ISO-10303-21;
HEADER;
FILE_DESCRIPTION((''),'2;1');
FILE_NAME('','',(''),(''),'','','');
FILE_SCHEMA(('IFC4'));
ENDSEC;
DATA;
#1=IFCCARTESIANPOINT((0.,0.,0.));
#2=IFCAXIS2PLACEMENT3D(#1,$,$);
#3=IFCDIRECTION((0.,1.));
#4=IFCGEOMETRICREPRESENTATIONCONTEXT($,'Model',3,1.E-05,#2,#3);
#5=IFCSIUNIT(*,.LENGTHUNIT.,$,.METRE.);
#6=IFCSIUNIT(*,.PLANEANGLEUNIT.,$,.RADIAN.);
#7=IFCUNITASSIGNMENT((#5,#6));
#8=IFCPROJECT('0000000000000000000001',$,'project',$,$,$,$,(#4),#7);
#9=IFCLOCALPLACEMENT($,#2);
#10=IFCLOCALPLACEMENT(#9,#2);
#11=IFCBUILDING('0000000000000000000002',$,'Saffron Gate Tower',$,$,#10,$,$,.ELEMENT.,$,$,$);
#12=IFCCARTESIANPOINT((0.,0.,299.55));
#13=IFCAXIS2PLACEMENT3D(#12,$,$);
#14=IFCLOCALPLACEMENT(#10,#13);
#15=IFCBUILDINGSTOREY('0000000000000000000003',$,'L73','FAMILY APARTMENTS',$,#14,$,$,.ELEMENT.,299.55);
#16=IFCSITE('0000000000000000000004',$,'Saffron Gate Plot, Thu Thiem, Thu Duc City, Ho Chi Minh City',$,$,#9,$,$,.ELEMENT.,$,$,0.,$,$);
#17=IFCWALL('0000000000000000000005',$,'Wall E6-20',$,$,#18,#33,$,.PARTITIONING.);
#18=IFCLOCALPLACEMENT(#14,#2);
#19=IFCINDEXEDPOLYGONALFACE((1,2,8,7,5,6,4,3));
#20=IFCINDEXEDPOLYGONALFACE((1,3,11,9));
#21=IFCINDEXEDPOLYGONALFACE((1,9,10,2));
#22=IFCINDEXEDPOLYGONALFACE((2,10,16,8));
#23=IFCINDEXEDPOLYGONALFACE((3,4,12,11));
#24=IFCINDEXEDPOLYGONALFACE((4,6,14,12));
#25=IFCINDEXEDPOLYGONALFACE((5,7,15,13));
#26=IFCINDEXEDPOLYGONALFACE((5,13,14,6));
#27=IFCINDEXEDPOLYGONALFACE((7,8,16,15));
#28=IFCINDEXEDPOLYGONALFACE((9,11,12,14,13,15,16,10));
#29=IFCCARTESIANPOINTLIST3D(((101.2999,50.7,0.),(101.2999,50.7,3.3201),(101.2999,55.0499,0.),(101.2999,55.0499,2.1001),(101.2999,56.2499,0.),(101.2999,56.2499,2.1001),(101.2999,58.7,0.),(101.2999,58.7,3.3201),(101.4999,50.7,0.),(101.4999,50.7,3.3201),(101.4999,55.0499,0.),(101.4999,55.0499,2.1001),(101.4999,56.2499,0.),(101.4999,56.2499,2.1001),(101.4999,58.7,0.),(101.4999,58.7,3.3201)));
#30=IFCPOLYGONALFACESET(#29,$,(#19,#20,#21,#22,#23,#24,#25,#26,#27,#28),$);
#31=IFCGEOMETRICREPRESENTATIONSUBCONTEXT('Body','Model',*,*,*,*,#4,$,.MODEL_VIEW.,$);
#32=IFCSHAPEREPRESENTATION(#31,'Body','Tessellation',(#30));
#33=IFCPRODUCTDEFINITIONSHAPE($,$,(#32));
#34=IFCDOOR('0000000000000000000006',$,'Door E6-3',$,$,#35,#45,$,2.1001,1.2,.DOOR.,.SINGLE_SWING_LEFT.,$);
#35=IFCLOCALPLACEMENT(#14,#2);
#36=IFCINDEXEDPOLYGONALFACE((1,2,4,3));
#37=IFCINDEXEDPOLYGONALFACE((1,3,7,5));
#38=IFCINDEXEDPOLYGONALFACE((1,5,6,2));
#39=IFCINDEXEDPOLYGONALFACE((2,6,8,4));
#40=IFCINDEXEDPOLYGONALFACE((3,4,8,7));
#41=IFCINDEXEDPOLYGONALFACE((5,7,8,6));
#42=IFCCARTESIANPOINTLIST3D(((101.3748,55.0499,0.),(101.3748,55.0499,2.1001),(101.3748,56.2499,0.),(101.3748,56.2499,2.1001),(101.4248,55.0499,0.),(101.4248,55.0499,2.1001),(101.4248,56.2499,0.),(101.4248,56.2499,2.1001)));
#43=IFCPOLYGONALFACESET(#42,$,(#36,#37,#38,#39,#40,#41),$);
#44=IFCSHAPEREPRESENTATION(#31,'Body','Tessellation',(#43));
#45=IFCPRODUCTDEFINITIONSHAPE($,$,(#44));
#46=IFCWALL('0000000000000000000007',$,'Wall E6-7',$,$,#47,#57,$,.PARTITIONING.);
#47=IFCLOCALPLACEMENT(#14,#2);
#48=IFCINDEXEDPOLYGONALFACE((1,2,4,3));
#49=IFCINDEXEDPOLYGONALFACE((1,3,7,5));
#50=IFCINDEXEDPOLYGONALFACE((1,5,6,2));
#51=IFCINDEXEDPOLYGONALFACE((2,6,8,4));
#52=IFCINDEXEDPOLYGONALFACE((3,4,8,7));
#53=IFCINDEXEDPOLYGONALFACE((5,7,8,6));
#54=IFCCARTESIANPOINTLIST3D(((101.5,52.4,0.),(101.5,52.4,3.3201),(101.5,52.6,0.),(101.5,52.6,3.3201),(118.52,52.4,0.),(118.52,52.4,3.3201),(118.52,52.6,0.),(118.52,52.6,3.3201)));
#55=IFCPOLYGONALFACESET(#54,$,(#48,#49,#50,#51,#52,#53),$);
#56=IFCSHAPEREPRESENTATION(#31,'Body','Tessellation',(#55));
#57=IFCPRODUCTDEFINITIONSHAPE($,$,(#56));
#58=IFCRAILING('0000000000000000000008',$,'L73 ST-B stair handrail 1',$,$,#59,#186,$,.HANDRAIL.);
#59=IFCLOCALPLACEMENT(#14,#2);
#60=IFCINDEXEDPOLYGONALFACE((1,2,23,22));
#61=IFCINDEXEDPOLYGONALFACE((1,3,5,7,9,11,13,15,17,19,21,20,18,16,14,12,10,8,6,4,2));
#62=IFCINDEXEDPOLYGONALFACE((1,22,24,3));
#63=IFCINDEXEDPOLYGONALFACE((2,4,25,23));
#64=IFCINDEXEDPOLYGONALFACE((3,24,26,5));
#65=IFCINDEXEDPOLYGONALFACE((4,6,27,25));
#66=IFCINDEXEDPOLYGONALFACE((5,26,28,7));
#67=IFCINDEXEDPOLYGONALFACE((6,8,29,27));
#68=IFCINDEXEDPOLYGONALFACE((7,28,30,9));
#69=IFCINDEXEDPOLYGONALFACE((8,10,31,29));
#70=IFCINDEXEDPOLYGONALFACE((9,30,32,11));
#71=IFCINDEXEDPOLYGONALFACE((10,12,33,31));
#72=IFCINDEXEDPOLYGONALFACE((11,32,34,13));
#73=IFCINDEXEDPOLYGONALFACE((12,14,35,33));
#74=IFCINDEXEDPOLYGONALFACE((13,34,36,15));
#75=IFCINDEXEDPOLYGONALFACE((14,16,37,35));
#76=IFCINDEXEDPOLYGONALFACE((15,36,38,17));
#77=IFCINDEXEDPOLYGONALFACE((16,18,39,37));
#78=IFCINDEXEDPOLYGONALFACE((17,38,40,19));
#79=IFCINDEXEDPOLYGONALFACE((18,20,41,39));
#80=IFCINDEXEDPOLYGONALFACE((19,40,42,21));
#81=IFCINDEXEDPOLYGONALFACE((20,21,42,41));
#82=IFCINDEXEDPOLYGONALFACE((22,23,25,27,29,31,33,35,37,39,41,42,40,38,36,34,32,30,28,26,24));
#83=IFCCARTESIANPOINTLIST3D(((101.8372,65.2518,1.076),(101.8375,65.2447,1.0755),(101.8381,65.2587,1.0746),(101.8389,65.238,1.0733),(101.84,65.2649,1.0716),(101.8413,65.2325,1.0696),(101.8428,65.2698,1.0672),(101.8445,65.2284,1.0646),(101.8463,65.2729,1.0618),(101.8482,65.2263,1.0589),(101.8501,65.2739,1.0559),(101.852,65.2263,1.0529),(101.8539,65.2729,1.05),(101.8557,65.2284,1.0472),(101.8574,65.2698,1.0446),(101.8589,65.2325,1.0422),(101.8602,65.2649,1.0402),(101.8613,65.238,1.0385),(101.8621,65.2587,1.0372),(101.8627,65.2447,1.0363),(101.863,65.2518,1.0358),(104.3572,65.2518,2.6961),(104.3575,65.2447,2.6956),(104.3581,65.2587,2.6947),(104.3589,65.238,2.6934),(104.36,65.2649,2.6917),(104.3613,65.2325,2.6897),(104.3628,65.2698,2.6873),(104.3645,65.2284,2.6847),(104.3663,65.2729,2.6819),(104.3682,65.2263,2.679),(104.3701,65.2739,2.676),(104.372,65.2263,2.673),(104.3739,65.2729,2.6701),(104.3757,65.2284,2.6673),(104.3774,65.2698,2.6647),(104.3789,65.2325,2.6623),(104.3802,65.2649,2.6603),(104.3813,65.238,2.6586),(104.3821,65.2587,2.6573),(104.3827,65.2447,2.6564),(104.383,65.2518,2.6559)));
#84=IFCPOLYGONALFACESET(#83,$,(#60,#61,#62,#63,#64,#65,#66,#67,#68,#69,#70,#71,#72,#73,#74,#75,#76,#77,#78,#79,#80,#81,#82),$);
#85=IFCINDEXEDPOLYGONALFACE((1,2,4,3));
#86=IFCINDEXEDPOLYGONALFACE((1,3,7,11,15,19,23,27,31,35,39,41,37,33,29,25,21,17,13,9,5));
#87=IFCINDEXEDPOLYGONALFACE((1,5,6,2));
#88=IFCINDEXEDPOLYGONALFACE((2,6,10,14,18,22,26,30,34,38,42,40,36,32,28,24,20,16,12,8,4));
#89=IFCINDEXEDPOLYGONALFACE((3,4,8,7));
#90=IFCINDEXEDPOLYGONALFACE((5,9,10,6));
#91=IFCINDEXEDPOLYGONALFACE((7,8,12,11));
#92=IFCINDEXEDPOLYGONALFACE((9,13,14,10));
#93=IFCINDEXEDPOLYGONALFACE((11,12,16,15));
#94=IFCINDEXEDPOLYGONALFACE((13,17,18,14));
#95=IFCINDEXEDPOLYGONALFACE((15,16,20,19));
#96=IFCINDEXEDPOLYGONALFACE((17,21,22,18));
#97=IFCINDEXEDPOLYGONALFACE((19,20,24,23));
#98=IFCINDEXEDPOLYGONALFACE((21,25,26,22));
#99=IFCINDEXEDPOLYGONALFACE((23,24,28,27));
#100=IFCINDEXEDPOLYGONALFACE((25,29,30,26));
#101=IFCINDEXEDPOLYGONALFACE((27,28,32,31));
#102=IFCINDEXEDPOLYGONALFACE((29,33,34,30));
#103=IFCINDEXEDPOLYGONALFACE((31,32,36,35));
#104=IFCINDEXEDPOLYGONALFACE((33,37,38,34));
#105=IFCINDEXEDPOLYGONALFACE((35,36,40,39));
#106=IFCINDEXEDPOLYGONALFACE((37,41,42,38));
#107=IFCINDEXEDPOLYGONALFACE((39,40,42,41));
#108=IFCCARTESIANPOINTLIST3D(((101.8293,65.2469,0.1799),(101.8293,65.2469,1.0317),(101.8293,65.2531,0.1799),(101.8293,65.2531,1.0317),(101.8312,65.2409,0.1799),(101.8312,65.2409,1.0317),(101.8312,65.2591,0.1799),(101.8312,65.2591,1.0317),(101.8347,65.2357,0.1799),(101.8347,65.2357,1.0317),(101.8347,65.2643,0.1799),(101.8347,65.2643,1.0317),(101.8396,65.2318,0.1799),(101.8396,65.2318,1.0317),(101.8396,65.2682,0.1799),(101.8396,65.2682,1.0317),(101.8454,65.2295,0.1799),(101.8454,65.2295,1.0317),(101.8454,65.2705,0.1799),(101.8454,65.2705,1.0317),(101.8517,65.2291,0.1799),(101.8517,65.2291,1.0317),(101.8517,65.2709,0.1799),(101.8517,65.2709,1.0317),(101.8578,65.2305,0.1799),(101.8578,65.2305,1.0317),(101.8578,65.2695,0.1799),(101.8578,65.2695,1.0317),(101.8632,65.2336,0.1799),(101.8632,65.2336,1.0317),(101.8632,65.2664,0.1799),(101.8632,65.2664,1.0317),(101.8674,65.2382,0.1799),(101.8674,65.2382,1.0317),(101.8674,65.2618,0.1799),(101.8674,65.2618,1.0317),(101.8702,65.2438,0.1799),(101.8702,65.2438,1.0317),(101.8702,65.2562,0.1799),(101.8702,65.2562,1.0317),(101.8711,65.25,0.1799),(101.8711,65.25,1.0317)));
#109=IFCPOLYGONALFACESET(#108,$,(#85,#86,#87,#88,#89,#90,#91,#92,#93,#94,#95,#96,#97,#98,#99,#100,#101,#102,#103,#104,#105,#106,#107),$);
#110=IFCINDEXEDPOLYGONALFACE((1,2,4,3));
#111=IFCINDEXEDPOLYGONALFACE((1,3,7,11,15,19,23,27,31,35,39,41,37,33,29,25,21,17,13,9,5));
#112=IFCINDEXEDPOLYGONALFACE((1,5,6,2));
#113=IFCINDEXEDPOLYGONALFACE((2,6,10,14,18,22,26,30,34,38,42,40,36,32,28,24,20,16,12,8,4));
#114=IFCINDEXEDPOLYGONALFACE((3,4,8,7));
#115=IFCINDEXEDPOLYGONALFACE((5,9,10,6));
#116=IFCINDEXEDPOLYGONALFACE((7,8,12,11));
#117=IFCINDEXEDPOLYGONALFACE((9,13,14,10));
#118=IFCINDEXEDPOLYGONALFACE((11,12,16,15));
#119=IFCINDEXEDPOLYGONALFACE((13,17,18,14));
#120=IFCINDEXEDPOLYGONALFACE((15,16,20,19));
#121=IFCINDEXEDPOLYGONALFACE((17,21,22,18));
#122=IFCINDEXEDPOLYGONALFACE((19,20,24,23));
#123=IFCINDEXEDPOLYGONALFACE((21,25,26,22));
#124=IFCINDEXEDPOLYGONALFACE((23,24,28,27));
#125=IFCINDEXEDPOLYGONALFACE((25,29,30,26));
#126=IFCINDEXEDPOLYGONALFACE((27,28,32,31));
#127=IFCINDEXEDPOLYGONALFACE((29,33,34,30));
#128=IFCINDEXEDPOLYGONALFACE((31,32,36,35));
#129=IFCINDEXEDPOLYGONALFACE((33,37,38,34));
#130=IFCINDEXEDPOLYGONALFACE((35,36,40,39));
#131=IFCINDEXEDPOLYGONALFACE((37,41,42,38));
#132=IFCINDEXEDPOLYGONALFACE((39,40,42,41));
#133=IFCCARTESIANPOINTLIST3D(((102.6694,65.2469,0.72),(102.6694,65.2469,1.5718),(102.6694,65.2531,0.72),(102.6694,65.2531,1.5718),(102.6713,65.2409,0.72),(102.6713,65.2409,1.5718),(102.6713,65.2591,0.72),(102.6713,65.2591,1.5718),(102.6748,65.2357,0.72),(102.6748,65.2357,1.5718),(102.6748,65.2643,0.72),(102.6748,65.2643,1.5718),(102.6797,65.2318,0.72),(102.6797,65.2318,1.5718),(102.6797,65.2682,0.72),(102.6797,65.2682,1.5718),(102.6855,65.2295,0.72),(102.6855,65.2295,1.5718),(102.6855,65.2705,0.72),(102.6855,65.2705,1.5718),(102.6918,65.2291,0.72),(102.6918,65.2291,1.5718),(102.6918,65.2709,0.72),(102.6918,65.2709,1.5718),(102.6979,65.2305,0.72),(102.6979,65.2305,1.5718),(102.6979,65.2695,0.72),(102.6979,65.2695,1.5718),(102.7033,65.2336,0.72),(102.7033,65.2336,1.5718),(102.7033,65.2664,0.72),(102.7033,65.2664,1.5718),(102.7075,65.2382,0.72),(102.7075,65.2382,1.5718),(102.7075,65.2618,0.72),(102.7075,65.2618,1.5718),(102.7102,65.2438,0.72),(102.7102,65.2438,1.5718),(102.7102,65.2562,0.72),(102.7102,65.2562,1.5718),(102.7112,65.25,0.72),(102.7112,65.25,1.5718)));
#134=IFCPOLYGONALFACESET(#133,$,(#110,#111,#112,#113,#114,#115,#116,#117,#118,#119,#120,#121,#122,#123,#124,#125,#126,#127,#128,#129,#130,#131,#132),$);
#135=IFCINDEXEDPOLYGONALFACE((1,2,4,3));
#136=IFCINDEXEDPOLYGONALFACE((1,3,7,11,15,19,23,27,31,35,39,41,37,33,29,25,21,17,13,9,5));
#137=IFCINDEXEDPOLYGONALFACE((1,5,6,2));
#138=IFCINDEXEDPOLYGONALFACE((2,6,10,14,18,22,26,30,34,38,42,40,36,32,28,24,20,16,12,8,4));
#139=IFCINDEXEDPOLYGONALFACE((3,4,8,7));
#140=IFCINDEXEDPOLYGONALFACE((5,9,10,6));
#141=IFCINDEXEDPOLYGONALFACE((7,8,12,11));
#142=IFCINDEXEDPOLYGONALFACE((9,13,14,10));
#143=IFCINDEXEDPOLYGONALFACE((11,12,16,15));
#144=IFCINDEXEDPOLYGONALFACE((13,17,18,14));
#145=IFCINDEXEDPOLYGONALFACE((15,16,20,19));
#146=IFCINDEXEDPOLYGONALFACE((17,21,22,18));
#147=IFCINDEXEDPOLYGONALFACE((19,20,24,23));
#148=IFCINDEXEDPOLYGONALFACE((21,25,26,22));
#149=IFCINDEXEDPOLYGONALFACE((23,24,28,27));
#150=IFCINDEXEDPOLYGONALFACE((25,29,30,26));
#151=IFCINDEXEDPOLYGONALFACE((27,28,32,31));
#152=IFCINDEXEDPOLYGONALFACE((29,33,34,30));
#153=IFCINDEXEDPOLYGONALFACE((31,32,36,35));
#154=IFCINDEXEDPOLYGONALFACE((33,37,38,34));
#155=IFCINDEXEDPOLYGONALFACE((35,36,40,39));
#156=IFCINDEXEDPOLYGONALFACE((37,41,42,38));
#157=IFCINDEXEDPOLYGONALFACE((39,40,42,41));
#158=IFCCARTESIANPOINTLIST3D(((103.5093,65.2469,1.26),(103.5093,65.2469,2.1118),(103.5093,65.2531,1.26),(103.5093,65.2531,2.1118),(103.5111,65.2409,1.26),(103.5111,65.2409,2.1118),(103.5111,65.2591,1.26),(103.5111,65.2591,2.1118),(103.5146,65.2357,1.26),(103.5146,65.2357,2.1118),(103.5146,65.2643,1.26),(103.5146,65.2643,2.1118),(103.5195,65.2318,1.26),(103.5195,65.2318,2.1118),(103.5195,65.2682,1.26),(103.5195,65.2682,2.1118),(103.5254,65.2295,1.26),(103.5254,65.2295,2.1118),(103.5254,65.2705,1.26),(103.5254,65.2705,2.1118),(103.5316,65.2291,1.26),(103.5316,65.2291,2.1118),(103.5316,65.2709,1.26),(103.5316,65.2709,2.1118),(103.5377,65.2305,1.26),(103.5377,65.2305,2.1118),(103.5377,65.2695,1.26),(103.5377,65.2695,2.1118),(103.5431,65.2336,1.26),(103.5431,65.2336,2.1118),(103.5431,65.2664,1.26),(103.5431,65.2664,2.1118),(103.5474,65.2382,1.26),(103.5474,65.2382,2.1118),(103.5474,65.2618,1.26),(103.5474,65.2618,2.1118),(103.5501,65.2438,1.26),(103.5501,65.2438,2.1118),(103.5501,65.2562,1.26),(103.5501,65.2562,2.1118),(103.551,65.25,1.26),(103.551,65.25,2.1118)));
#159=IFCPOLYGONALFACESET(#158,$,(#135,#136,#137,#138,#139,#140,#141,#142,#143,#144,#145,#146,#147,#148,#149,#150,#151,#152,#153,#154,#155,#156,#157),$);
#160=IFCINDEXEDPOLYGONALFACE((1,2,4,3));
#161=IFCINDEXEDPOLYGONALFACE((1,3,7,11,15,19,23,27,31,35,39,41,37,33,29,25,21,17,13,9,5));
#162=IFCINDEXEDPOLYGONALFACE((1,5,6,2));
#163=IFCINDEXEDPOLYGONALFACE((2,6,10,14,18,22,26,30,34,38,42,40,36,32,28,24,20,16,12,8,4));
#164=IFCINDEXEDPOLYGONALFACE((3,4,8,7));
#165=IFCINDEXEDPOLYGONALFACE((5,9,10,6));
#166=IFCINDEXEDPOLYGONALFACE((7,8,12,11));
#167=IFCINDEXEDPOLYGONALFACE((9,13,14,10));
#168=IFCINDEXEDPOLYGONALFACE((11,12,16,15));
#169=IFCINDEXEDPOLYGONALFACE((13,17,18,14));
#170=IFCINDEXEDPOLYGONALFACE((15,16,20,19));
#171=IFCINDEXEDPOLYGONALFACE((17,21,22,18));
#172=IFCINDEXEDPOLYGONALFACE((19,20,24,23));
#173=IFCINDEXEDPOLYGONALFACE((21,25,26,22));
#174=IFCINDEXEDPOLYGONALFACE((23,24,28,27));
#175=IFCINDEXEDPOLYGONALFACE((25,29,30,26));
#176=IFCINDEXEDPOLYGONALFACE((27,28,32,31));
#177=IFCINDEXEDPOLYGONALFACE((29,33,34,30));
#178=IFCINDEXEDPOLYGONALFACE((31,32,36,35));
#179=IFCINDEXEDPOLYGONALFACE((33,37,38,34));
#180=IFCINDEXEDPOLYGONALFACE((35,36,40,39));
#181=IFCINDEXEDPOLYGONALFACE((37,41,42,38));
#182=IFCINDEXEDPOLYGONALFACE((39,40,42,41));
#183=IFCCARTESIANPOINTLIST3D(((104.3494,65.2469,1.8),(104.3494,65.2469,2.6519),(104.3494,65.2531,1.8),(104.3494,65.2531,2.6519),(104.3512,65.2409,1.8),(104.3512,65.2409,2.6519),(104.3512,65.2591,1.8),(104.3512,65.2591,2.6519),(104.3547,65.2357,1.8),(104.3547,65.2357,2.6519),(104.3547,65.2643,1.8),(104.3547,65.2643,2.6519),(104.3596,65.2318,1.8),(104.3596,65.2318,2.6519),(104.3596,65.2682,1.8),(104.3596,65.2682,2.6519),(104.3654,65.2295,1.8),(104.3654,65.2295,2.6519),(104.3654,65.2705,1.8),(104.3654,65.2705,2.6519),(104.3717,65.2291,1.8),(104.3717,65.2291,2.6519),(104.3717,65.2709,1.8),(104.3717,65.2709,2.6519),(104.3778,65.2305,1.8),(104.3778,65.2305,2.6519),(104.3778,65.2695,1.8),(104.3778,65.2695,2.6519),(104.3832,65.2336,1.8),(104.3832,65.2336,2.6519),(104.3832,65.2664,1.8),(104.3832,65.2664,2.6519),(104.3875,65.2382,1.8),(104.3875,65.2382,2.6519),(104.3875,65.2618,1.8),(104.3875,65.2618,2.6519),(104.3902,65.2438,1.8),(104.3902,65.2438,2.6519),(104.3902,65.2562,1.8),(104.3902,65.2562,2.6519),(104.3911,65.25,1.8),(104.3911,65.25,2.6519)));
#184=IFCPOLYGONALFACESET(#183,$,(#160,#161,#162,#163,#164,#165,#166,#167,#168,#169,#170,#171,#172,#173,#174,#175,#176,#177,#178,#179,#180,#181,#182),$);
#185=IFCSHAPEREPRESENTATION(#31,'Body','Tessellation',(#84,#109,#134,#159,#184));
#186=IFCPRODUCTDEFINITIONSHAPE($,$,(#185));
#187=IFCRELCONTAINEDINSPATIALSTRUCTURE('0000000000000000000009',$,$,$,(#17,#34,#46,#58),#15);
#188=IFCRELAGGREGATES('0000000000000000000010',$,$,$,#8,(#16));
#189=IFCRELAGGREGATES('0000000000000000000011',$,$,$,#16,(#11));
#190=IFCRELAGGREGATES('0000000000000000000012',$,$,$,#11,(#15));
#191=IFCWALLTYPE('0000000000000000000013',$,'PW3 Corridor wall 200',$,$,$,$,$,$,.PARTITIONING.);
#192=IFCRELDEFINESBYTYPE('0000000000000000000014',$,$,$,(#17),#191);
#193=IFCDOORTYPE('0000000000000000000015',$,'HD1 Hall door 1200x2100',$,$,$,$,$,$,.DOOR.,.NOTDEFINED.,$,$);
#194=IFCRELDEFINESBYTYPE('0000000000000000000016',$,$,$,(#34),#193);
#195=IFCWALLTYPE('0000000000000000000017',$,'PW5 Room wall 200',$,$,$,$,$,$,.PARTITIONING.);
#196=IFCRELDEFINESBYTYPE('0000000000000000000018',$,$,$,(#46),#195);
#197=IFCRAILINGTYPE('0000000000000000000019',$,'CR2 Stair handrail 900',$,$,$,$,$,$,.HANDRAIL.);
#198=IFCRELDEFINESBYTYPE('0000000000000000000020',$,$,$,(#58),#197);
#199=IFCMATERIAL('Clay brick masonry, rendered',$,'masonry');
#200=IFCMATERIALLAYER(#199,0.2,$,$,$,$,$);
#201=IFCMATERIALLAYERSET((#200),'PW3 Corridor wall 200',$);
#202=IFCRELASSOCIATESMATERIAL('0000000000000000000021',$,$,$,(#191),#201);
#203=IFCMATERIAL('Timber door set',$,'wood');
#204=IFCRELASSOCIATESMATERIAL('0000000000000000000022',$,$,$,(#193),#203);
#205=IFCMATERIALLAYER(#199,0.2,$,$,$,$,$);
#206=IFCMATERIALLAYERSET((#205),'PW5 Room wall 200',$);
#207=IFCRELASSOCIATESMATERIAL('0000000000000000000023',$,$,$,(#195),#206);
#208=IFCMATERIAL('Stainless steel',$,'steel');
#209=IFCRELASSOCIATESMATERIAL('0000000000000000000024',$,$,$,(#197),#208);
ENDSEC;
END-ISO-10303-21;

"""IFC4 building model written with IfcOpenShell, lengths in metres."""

from ifc_helpers import new_model, si_unit, direction, frame, frame_2d, origin, origin_2d, place, context, subcontext, project, spatial, rectangle, circle, extrude, material, layer, layer_set, type_object, element, fill, save


model = new_model("IFC4")

# Units and contexts
model_context = context("Model", 3, precision=1e-05, world=origin(), true_north=direction((0.0, 1.0)))
body_context = subcontext(model_context, "Body", "Model", "MODEL_VIEW")
ifc_project = project(units=[si_unit("LENGTHUNIT", "METRE"), si_unit("PLANEANGLEUNIT", "RADIAN")], contexts=[model_context])

# Site, building, storey
site_placement = place(None, origin())
site = spatial("IfcSite", under=ifc_project, at=site_placement, Name="Saffron Gate Plot, Thu Thiem, Thu Duc City, Ho Chi Minh City", CompositionType="ELEMENT", RefElevation=0.0)
building_placement = place(site_placement, origin())
building = spatial("IfcBuilding", under=site, at=building_placement, Name="Saffron Gate Tower", CompositionType="ELEMENT")
storey_placement = place(building_placement, frame((0.0, 0.0, 299.55)))
storey = spatial("IfcBuildingStorey", under=building, at=storey_placement, Name="L73", Description="FAMILY APARTMENTS", CompositionType="ELEMENT", Elevation=299.55)

# Shared definitions
ifc_material_1 = material(Name="Clay brick masonry, rendered", Category="masonry")
ifc_layer_1 = layer(ifc_material_1, 0.2)
ifc_layer_set_1 = layer_set([ifc_layer_1], Name="PW3 Corridor wall 200")
wall_type_1 = type_object("IfcWallType", Name="PW3 Corridor wall 200", PredefinedType="PARTITIONING", material=ifc_layer_set_1)

# Wall, opening, door
wall_1_placement = place(storey_placement, frame((101.3999, 58.7, 0.0), z_axis=(0.0, 0.0, 1.0), x_axis=(0.0, -1.0, 0.0)))
wall_1 = element("IfcWall", 1, at=wall_1_placement, inside=storey, type_object=wall_type_1, Name="Wall E6-20", PredefinedType="PARTITIONING", context=body_context, shape_type="SweptSolid", body=[
    extrude(rectangle(XDim=8.0, YDim=0.2, at=frame_2d((4.0, 0.0))), origin(), (0.0, 0.0, 1.0), 3.3201),
])
opening_1_placement = place(wall_1_placement, frame((2.45, 0.0, 0.0)))
opening_1 = element("IfcOpeningElement", 2, at=opening_1_placement, cuts=wall_1, PredefinedType="OPENING", context=body_context, shape_type="SweptSolid", body=[
    extrude(rectangle(XDim=1.2, YDim=2.1001, at=frame_2d((0.6001, 1.05))), frame((0.0, 0.1099, 0.0), z_axis=(0.0, -1.0, 0.0), x_axis=(1.0, 0.0, 0.0)), (0.0, 0.0, 1.0), 0.22),
])
ifc_material_2 = material(Name="Timber door set", Category="wood")
door_type_1 = type_object("IfcDoorType", Name="HD1 Hall door 1200x2100", OperationType="NOTDEFINED", PredefinedType="DOOR", material=ifc_material_2)
door_1_placement = place(opening_1_placement, origin())
door_1 = element("IfcDoor", 3, at=door_1_placement, inside=storey, type_object=door_type_1, Name="Door E6-3", OperationType="SINGLE_SWING_LEFT", OverallHeight=2.1001, OverallWidth=1.2, PredefinedType="DOOR", context=body_context, shape_type="SweptSolid", body=[
    extrude(rectangle(XDim=1.2, YDim=2.1001, at=frame_2d((0.6001, 1.05))), frame((0.0, 0.0249, 0.0), z_axis=(0.0, -1.0, 0.0), x_axis=(1.0, 0.0, 0.0)), (0.0, 0.0, 1.0), 0.05),
])
fill(opening_1, door_1)

# Wall
ifc_layer_2 = layer(ifc_material_1, 0.2)
ifc_layer_set_2 = layer_set([ifc_layer_2], Name="PW5 Room wall 200")
wall_type_2 = type_object("IfcWallType", Name="PW5 Room wall 200", PredefinedType="PARTITIONING", material=ifc_layer_set_2)
wall_2_placement = place(storey_placement, frame((101.5, 52.5, 0.0), z_axis=(0.0, 0.0, 1.0), x_axis=(1.0, 0.0, 0.0)))
element("IfcWall", 4, at=wall_2_placement, inside=storey, type_object=wall_type_2, Name="Wall E6-7", PredefinedType="PARTITIONING", context=body_context, shape_type="SweptSolid", body=[
    extrude(rectangle(XDim=17.02, YDim=0.2, at=frame_2d((8.51, 0.0))), origin(), (0.0, 0.0, 1.0), 3.3201),
])

# Railing
ifc_material_3 = material(Name="Stainless steel", Category="steel")
railing_type_1 = type_object("IfcRailingType", Name="CR2 Stair handrail 900", PredefinedType="HANDRAIL", material=ifc_material_3)
railing_1_placement = place(storey_placement, frame((101.8501, 65.25, 0.1799)))
element("IfcRailing", 5, at=railing_1_placement, inside=storey, type_object=railing_type_1, Name="L73 ST-B stair handrail 1", PredefinedType="HANDRAIL", context=body_context, shape_type="SweptSolid", body=[
    extrude(circle(Radius=0.0239, at=origin_2d()), frame((0.0, 0.0, 0.876), z_axis=(0.841163, 0.0, 0.540782), x_axis=(0.0, 1.0, 0.0)), (0.0, 0.0, 1.0), 2.9958),
    extrude(circle(Radius=0.021, at=origin_2d()), origin(), (0.0, 0.0, 1.0), 0.8518),
    extrude(circle(Radius=0.021, at=origin_2d()), frame((0.8401, 0.0, 0.54)), (0.0, 0.0, 1.0), 0.8518),
    extrude(circle(Radius=0.021, at=origin_2d()), frame((1.6799, 0.0, 1.0801)), (0.0, 0.0, 1.0), 0.8518),
    extrude(circle(Radius=0.021, at=origin_2d()), frame((2.52, 0.0, 1.6201)), (0.0, 0.0, 1.0), 0.8518),
])

save(model, "model.ifc")
